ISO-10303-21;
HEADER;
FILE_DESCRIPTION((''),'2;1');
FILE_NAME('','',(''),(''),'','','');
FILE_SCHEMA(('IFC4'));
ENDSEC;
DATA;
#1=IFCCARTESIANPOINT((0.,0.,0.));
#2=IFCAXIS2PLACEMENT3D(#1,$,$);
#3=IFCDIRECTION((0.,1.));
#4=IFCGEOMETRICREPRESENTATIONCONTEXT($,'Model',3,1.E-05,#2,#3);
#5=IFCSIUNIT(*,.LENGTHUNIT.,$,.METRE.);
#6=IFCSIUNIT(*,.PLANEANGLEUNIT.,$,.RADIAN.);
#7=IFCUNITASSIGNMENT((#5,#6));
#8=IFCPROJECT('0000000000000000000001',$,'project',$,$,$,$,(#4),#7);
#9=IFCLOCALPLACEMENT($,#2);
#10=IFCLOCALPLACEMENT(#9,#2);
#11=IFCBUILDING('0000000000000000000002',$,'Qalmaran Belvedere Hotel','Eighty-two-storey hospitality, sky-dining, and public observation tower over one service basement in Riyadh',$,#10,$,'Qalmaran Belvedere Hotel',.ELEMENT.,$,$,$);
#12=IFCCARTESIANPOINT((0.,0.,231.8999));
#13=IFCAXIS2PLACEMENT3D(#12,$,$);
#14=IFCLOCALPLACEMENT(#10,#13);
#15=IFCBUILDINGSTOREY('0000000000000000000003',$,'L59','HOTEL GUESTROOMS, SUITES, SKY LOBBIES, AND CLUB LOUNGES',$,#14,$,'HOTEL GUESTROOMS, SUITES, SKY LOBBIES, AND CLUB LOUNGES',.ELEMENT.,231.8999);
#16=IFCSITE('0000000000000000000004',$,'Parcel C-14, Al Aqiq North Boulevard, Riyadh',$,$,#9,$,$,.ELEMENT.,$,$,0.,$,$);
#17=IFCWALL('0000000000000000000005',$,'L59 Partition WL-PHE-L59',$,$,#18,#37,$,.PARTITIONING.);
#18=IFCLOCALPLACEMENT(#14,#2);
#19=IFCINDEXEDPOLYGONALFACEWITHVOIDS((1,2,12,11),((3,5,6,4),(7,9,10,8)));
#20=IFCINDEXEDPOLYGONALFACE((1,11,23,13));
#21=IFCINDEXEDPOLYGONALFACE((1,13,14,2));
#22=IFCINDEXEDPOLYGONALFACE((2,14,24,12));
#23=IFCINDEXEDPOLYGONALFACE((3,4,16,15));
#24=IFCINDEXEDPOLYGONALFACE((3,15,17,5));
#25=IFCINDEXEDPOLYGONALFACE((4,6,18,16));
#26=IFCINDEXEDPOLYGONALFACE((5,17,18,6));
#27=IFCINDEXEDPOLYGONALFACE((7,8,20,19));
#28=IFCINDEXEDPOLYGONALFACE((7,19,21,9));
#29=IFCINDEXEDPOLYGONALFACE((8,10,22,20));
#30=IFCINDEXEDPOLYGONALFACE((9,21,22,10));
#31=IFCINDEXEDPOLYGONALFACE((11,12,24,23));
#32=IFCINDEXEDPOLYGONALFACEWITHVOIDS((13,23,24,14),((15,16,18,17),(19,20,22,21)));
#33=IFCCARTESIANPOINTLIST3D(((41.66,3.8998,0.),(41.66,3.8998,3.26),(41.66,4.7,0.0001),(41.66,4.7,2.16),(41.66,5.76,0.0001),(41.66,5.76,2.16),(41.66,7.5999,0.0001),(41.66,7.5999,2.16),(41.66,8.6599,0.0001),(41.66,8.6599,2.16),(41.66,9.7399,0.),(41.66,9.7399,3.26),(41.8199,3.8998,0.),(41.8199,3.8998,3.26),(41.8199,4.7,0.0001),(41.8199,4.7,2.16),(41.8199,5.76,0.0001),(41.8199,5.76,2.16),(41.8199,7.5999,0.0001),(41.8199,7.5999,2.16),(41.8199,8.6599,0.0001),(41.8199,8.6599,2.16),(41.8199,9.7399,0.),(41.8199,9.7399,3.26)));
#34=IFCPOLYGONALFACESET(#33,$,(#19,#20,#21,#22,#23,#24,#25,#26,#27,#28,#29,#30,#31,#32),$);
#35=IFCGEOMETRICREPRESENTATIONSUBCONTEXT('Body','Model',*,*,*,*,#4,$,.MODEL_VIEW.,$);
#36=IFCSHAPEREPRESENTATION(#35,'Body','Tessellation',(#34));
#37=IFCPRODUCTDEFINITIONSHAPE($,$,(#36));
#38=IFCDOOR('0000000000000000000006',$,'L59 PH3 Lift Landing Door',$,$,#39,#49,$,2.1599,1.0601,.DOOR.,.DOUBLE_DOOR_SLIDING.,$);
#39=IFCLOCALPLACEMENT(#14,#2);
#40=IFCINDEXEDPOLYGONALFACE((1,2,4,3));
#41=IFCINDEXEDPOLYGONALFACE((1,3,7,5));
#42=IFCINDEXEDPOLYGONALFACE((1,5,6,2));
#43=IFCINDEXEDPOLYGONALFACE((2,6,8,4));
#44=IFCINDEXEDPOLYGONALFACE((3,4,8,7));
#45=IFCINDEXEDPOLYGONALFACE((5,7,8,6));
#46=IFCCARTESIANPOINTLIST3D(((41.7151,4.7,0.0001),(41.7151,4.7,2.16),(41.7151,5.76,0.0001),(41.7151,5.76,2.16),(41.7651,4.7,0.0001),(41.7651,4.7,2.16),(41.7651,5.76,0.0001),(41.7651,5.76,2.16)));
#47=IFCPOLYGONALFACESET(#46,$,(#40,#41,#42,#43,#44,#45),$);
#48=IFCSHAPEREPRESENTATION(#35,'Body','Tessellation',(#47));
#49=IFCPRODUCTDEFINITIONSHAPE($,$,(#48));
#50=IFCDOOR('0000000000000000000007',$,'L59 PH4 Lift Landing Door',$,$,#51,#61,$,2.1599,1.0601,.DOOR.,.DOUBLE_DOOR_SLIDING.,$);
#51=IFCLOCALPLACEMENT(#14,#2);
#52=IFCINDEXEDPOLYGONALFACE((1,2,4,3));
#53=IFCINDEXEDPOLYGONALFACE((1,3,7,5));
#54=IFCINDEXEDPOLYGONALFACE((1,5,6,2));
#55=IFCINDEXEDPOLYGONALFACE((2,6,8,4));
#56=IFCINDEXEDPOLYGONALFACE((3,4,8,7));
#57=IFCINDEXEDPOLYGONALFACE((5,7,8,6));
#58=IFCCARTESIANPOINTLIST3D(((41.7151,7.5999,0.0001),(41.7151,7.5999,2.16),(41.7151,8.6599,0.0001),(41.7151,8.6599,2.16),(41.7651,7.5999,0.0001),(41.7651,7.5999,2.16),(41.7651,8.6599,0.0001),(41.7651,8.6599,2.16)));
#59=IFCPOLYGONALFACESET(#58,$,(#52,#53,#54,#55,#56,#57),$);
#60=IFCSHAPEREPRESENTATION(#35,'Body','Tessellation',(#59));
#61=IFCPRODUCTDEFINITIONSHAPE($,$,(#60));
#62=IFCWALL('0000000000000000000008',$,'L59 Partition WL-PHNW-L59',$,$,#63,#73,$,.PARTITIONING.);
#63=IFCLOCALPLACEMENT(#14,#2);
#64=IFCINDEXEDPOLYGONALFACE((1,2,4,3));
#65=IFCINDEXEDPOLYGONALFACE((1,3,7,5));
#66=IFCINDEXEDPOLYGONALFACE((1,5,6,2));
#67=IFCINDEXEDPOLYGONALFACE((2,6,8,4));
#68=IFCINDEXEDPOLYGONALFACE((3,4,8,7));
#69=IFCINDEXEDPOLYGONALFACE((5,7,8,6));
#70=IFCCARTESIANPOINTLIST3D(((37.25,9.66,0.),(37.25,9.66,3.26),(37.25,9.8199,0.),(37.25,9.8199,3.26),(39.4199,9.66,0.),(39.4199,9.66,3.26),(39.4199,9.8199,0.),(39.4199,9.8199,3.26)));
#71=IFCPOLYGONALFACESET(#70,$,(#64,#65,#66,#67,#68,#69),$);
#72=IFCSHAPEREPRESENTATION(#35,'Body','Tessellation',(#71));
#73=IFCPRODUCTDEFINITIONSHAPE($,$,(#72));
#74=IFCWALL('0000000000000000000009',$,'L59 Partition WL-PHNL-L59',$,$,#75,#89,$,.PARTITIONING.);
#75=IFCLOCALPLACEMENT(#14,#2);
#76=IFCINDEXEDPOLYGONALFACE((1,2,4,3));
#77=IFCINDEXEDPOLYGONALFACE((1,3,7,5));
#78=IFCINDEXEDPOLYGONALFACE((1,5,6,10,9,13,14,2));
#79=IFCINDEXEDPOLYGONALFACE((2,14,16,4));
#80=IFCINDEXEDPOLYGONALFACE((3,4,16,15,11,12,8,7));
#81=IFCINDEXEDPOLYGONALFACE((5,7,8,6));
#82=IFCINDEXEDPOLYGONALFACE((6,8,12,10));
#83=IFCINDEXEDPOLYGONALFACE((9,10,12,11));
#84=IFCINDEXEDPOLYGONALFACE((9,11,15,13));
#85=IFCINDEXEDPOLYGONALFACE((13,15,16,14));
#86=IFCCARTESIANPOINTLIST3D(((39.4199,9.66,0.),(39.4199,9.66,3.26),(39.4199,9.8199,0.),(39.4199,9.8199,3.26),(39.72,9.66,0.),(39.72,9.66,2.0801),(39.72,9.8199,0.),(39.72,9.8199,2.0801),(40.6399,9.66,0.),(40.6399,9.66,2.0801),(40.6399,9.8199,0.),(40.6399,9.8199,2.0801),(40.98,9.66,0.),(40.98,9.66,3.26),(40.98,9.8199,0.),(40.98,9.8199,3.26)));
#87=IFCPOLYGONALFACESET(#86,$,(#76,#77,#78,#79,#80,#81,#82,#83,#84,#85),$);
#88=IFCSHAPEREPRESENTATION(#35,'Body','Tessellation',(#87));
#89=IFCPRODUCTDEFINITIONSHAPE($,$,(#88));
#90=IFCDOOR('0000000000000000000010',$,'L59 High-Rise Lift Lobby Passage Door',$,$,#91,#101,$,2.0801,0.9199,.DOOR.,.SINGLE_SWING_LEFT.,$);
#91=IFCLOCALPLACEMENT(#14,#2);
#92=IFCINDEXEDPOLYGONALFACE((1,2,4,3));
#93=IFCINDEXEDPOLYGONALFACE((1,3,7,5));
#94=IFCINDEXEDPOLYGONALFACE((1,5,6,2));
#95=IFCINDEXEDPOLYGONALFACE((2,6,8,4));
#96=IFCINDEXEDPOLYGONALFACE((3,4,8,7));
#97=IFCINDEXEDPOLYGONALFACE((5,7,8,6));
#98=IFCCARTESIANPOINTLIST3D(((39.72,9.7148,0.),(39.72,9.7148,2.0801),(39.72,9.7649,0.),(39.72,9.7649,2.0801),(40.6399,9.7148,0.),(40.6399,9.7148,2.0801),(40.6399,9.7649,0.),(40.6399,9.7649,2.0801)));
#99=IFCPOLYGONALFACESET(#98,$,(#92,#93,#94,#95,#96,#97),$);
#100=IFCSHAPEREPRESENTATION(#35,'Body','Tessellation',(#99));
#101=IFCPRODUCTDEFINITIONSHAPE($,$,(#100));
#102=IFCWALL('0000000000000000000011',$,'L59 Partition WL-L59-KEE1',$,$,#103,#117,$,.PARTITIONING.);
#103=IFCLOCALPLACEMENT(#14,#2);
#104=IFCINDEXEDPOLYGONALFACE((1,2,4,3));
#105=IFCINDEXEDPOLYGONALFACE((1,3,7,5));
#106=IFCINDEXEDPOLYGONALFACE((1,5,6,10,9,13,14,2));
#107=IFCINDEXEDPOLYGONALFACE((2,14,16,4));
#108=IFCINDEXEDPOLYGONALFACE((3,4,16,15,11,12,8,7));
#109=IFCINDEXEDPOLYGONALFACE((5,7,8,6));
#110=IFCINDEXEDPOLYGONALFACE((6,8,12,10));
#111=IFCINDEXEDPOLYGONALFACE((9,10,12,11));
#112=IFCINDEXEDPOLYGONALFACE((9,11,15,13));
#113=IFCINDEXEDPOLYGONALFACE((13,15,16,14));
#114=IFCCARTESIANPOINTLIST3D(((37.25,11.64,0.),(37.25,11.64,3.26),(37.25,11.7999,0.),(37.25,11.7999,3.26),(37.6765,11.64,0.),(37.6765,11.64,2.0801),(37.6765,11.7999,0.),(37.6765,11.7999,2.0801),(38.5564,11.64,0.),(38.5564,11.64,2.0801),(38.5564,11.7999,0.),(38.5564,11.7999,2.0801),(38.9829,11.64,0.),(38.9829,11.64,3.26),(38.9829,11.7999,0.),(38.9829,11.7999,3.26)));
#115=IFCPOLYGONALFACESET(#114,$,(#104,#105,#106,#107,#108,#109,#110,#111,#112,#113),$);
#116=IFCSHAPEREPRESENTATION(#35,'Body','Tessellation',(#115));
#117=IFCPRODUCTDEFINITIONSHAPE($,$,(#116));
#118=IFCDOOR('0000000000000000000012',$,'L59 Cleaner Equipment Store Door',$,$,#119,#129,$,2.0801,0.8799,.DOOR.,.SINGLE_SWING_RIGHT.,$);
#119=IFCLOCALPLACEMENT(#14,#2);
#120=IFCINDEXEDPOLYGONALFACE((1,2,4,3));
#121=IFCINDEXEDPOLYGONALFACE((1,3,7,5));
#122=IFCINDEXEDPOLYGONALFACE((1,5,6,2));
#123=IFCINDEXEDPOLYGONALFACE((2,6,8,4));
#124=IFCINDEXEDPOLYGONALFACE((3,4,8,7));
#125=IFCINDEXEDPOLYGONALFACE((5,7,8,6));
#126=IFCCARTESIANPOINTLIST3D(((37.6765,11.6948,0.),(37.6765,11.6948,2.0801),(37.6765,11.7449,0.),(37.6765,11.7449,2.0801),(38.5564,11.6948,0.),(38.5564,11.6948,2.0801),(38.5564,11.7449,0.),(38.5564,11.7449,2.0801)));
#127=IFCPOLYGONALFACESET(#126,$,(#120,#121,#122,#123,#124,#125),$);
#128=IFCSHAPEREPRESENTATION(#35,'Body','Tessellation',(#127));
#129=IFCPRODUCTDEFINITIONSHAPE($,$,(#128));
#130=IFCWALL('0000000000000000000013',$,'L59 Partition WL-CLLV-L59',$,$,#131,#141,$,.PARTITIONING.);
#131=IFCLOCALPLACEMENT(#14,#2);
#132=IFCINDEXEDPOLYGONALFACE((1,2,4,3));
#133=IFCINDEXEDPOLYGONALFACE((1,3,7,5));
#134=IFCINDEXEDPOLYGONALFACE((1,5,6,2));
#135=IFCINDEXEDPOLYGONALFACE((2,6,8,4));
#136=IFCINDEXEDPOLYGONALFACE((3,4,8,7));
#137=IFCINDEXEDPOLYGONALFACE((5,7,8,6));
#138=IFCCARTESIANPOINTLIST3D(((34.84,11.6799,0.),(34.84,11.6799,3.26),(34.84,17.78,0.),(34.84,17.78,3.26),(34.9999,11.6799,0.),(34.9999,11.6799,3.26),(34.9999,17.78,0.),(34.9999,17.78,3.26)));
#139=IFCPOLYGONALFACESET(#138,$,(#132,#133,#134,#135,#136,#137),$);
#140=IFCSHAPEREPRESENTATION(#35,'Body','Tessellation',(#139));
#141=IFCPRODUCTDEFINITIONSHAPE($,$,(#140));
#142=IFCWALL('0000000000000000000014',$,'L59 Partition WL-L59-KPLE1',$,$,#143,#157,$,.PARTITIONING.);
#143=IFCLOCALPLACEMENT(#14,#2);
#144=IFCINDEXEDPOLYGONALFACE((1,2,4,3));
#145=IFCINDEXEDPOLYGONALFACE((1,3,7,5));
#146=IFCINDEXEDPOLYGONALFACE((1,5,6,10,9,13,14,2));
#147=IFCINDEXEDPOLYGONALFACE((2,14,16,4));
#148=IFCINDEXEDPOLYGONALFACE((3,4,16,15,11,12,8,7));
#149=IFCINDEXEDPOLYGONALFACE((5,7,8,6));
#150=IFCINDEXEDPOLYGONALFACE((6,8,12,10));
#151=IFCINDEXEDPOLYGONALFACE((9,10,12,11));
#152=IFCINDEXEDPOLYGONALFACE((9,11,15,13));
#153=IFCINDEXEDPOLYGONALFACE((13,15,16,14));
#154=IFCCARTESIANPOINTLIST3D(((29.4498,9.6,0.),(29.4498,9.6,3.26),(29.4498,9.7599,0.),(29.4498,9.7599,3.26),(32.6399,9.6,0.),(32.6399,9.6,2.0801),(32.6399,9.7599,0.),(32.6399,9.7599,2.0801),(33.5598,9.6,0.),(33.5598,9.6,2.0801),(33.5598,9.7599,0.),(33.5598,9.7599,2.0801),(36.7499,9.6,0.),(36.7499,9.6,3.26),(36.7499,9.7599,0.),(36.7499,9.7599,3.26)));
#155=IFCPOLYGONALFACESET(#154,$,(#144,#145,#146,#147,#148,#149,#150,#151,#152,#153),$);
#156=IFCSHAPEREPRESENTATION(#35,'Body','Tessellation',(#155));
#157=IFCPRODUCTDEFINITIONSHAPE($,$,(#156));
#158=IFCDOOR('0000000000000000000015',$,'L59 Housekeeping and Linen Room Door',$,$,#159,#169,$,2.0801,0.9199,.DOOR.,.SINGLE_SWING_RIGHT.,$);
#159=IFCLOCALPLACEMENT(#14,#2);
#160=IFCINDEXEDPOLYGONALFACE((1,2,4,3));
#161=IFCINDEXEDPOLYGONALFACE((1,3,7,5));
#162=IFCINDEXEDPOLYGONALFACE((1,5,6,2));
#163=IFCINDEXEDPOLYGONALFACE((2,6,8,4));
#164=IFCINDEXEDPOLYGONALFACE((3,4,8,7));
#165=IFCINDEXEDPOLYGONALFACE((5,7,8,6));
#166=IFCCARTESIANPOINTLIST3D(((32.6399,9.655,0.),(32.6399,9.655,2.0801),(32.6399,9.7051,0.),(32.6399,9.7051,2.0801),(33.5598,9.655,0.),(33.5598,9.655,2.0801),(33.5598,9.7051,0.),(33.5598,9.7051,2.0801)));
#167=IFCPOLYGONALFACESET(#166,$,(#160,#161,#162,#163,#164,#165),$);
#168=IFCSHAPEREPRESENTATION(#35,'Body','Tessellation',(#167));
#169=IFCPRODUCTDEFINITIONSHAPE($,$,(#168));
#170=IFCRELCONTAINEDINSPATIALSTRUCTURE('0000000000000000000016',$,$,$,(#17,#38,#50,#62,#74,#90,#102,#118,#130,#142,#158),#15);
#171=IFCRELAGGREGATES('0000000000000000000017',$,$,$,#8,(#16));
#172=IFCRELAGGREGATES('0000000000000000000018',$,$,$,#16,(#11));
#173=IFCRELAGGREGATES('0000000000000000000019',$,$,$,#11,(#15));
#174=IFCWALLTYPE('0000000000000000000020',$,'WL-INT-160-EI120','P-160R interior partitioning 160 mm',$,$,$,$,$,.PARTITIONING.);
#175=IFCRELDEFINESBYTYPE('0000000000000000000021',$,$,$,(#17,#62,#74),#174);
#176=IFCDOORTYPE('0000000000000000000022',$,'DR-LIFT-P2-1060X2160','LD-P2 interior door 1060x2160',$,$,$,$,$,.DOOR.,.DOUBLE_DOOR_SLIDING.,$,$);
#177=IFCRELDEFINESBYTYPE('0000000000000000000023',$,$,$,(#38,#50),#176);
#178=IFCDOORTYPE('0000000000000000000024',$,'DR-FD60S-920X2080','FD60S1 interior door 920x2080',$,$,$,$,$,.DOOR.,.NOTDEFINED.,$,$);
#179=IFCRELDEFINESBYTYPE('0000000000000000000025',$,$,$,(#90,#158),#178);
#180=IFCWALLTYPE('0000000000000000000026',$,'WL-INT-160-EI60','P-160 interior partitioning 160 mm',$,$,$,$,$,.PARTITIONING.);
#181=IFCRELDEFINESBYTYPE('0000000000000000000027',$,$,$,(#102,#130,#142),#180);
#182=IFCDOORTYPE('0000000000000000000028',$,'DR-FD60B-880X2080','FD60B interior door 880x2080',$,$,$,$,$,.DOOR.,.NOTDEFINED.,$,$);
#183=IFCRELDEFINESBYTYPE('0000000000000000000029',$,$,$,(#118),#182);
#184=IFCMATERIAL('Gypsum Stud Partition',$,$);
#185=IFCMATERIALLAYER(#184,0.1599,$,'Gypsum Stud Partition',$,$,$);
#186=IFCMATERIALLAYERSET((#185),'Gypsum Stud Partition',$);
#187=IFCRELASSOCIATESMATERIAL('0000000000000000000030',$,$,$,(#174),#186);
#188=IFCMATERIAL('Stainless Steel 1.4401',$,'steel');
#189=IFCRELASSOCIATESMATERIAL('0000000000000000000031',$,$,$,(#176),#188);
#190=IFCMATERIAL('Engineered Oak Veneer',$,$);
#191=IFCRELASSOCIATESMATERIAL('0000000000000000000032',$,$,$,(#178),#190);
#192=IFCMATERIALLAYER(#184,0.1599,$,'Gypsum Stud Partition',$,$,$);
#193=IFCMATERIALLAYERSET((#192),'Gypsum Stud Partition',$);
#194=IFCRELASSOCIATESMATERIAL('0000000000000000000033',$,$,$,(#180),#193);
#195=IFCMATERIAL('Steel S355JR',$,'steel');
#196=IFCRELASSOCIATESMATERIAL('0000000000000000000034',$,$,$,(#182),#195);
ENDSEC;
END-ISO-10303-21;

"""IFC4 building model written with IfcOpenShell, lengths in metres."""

from ifc_helpers import new_model, si_unit, direction, frame, frame_2d, origin, place, context, subcontext, project, spatial, rectangle, extrude, material, layer, layer_set, type_object, element, fill, save


model = new_model("IFC4")

# Units and contexts
model_context = context("Model", 3, precision=1e-05, world=origin(), true_north=direction((0.0, 1.0)))
body_context = subcontext(model_context, "Body", "Model", "MODEL_VIEW")
ifc_project = project(units=[si_unit("LENGTHUNIT", "METRE"), si_unit("PLANEANGLEUNIT", "RADIAN")], contexts=[model_context])

# Site, building, storey
site_placement = place(None, origin())
site = spatial("IfcSite", under=ifc_project, at=site_placement, Name="Parcel C-14, Al Aqiq North Boulevard, Riyadh", CompositionType="ELEMENT", RefElevation=0.0)
building_placement = place(site_placement, origin())
building = spatial("IfcBuilding", under=site, at=building_placement, Name="Qalmaran Belvedere Hotel", Description="Eighty-two-storey hospitality, sky-dining, and public observation tower over one service basement in Riyadh", LongName="Qalmaran Belvedere Hotel", CompositionType="ELEMENT")
storey_placement = place(building_placement, frame((0.0, 0.0, 231.8999)))
storey = spatial("IfcBuildingStorey", under=building, at=storey_placement, Name="L59", Description="HOTEL GUESTROOMS, SUITES, SKY LOBBIES, AND CLUB LOUNGES", LongName="HOTEL GUESTROOMS, SUITES, SKY LOBBIES, AND CLUB LOUNGES", CompositionType="ELEMENT", Elevation=231.8999)

# Shared definitions
ifc_material_1 = material(Name="Steel S355JR", Category="steel")

# Shared definitions
ifc_material_2 = material(Name="Gypsum Stud Partition")

# Wall, openings, doors
ifc_layer_1 = layer(ifc_material_2, 0.1599, Name="Gypsum Stud Partition")
ifc_layer_set_1 = layer_set([ifc_layer_1], Name="Gypsum Stud Partition")
wall_type_1 = type_object("IfcWallType", Name="WL-INT-160-EI120", Description="P-160R interior partitioning 160 mm", PredefinedType="PARTITIONING", material=ifc_layer_set_1)
ifc_material_3 = material(Name="Stainless Steel 1.4401", Category="steel")
door_type_1 = type_object("IfcDoorType", Name="DR-LIFT-P2-1060X2160", Description="LD-P2 interior door 1060x2160", OperationType="DOUBLE_DOOR_SLIDING", PredefinedType="DOOR", material=ifc_material_3)
wall_1_placement = place(storey_placement, frame((41.74, 3.8999, 0.0), z_axis=(0.0, 0.0, 1.0), x_axis=(0.0, 1.0, 0.0)))
wall_1 = element("IfcWall", 1, at=wall_1_placement, inside=storey, type_object=wall_type_1, Name="L59 Partition WL-PHE-L59", PredefinedType="PARTITIONING", context=body_context, shape_type="SweptSolid", body=[
    extrude(rectangle(XDim=5.8401, YDim=0.1599, at=frame_2d((2.9199, 0.0))), origin(), (0.0, 0.0, 1.0), 3.26),
])
opening_1_placement = place(wall_1_placement, frame((0.8, 0.0, 0.0)))
opening_1 = element("IfcOpeningElement", 2, at=opening_1_placement, cuts=wall_1, PredefinedType="OPENING", context=body_context, shape_type="SweptSolid", body=[
    extrude(rectangle(XDim=1.0601, YDim=2.1599, at=frame_2d((0.53, 1.0801))), frame((0.0, 0.0898, 0.0), z_axis=(0.0, -1.0, 0.0), x_axis=(1.0, 0.0, 0.0)), (0.0, 0.0, 1.0), 0.1799),
])
opening_2_placement = place(wall_1_placement, frame((3.7, 0.0, 0.0)))
opening_2 = element("IfcOpeningElement", 3, at=opening_2_placement, cuts=wall_1, PredefinedType="OPENING", context=body_context, shape_type="SweptSolid", body=[
    extrude(rectangle(XDim=1.0601, YDim=2.1599, at=frame_2d((0.53, 1.0801))), frame((0.0, 0.0898, 0.0), z_axis=(0.0, -1.0, 0.0), x_axis=(1.0, 0.0, 0.0)), (0.0, 0.0, 1.0), 0.1799),
])
door_1_placement = place(opening_1_placement, origin())
door_1 = element("IfcDoor", 4, at=door_1_placement, inside=storey, type_object=door_type_1, Name="L59 PH3 Lift Landing Door", OperationType="DOUBLE_DOOR_SLIDING", OverallHeight=2.1599, OverallWidth=1.0601, PredefinedType="DOOR", context=body_context, shape_type="SweptSolid", body=[
    extrude(rectangle(XDim=1.0601, YDim=2.1599, at=frame_2d((0.53, 1.0801))), frame((0.0, 0.0249, 0.0), z_axis=(0.0, -1.0, 0.0), x_axis=(1.0, 0.0, 0.0)), (0.0, 0.0, 1.0), 0.05),
])
fill(opening_1, door_1)
door_2_placement = place(opening_2_placement, origin())
door_2 = element("IfcDoor", 5, at=door_2_placement, inside=storey, type_object=door_type_1, Name="L59 PH4 Lift Landing Door", OperationType="DOUBLE_DOOR_SLIDING", OverallHeight=2.1599, OverallWidth=1.0601, PredefinedType="DOOR", context=body_context, shape_type="SweptSolid", body=[
    extrude(rectangle(XDim=1.0601, YDim=2.1599, at=frame_2d((0.53, 1.0801))), frame((0.0, 0.0249, 0.0), z_axis=(0.0, -1.0, 0.0), x_axis=(1.0, 0.0, 0.0)), (0.0, 0.0, 1.0), 0.05),
])
fill(opening_2, door_2)

# Wall
wall_2_placement = place(storey_placement, frame((37.25, 9.74, 0.0), z_axis=(0.0, 0.0, 1.0), x_axis=(1.0, 0.0, 0.0)))
element("IfcWall", 6, at=wall_2_placement, inside=storey, type_object=wall_type_1, Name="L59 Partition WL-PHNW-L59", PredefinedType="PARTITIONING", context=body_context, shape_type="SweptSolid", body=[
    extrude(rectangle(XDim=2.1699, YDim=0.1599, at=frame_2d((1.085, 0.0))), origin(), (0.0, 0.0, 1.0), 3.26),
])

# Walls, openings, doors
wall_3_placement = place(storey_placement, frame((39.4199, 9.74, 0.0), z_axis=(0.0, 0.0, 1.0), x_axis=(1.0, 0.0, 0.0)))
wall_3 = element("IfcWall", 7, at=wall_3_placement, inside=storey, type_object=wall_type_1, Name="L59 Partition WL-PHNL-L59", PredefinedType="PARTITIONING", context=body_context, shape_type="SweptSolid", body=[
    extrude(rectangle(XDim=1.5601, YDim=0.1599, at=frame_2d((0.78, 0.0))), origin(), (0.0, 0.0, 1.0), 3.26),
])
opening_3_placement = place(wall_3_placement, frame((0.3, 0.0, 0.0)))
opening_3 = element("IfcOpeningElement", 8, at=opening_3_placement, cuts=wall_3, PredefinedType="OPENING", context=body_context, shape_type="SweptSolid", body=[
    extrude(rectangle(XDim=0.9199, YDim=2.0801, at=frame_2d((0.46, 1.04))), frame((0.0, 0.0898, 0.0), z_axis=(0.0, -1.0, 0.0), x_axis=(1.0, 0.0, 0.0)), (0.0, 0.0, 1.0), 0.1799),
])
ifc_material_4 = material(Name="Engineered Oak Veneer")
door_type_2 = type_object("IfcDoorType", Name="DR-FD60S-920X2080", Description="FD60S1 interior door 920x2080", OperationType="NOTDEFINED", PredefinedType="DOOR", material=ifc_material_4)
door_3_placement = place(opening_3_placement, origin())
door_3 = element("IfcDoor", 9, at=door_3_placement, inside=storey, type_object=door_type_2, Name="L59 High-Rise Lift Lobby Passage Door", OperationType="SINGLE_SWING_LEFT", OverallHeight=2.0801, OverallWidth=0.9199, PredefinedType="DOOR", context=body_context, shape_type="SweptSolid", body=[
    extrude(rectangle(XDim=0.9199, YDim=2.0801, at=frame_2d((0.46, 1.04))), frame((0.0, 0.0249, 0.0), z_axis=(0.0, -1.0, 0.0), x_axis=(1.0, 0.0, 0.0)), (0.0, 0.0, 1.0), 0.05),
])
fill(opening_3, door_3)
ifc_layer_2 = layer(ifc_material_2, 0.1599, Name="Gypsum Stud Partition")
ifc_layer_set_2 = layer_set([ifc_layer_2], Name="Gypsum Stud Partition")
wall_type_2 = type_object("IfcWallType", Name="WL-INT-160-EI60", Description="P-160 interior partitioning 160 mm", PredefinedType="PARTITIONING", material=ifc_layer_set_2)
wall_4_placement = place(storey_placement, frame((37.25, 11.72, 0.0), z_axis=(0.0, 0.0, 1.0), x_axis=(1.0, 0.0, 0.0)))
wall_4 = element("IfcWall", 10, at=wall_4_placement, inside=storey, type_object=wall_type_2, Name="L59 Partition WL-L59-KEE1", PredefinedType="PARTITIONING", context=body_context, shape_type="SweptSolid", body=[
    extrude(rectangle(XDim=1.7329, YDim=0.1599, at=frame_2d((0.8665, 0.0))), origin(), (0.0, 0.0, 1.0), 3.26),
])
opening_4_placement = place(wall_4_placement, frame((0.4265, 0.0, 0.0)))
opening_4 = element("IfcOpeningElement", 11, at=opening_4_placement, cuts=wall_4, PredefinedType="OPENING", context=body_context, shape_type="SweptSolid", body=[
    extrude(rectangle(XDim=0.8799, YDim=2.0801, at=frame_2d((0.4399, 1.04))), frame((0.0, 0.0898, 0.0), z_axis=(0.0, -1.0, 0.0), x_axis=(1.0, 0.0, 0.0)), (0.0, 0.0, 1.0), 0.1799),
])
door_type_3 = type_object("IfcDoorType", Name="DR-FD60B-880X2080", Description="FD60B interior door 880x2080", OperationType="NOTDEFINED", PredefinedType="DOOR", material=ifc_material_1)
door_4_placement = place(opening_4_placement, origin())
door_4 = element("IfcDoor", 12, at=door_4_placement, inside=storey, type_object=door_type_3, Name="L59 Cleaner Equipment Store Door", OperationType="SINGLE_SWING_RIGHT", OverallHeight=2.0801, OverallWidth=0.8799, PredefinedType="DOOR", context=body_context, shape_type="SweptSolid", body=[
    extrude(rectangle(XDim=0.8799, YDim=2.0801, at=frame_2d((0.4399, 1.04))), frame((0.0, 0.0249, 0.0), z_axis=(0.0, -1.0, 0.0), x_axis=(1.0, 0.0, 0.0)), (0.0, 0.0, 1.0), 0.05),
])
fill(opening_4, door_4)

# Wall
wall_5_placement = place(storey_placement, frame((34.9199, 11.6799, 0.0), z_axis=(0.0, 0.0, 1.0), x_axis=(0.0, 1.0, 0.0)))
element("IfcWall", 13, at=wall_5_placement, inside=storey, type_object=wall_type_2, Name="L59 Partition WL-CLLV-L59", PredefinedType="PARTITIONING", context=body_context, shape_type="SweptSolid", body=[
    extrude(rectangle(XDim=6.1001, YDim=0.1599, at=frame_2d((3.05, 0.0))), origin(), (0.0, 0.0, 1.0), 3.26),
])

# Wall, opening, door
wall_6_placement = place(storey_placement, frame((29.45, 9.6799, 0.0), z_axis=(0.0, 0.0, 1.0), x_axis=(1.0, 0.0, 0.0)))
wall_6 = element("IfcWall", 14, at=wall_6_placement, inside=storey, type_object=wall_type_2, Name="L59 Partition WL-L59-KPLE1", PredefinedType="PARTITIONING", context=body_context, shape_type="SweptSolid", body=[
    extrude(rectangle(XDim=7.3, YDim=0.1599, at=frame_2d((3.6499, 0.0))), origin(), (0.0, 0.0, 1.0), 3.26),
])
opening_5_placement = place(wall_6_placement, frame((4.1099, 0.0, 0.0), z_axis=(0.0, 0.0, 1.0), x_axis=(-1.0, 0.0, 0.0)))
opening_5 = element("IfcOpeningElement", 15, at=opening_5_placement, cuts=wall_6, PredefinedType="OPENING", context=body_context, shape_type="SweptSolid", body=[
    extrude(rectangle(XDim=0.9199, YDim=2.0801, at=frame_2d((0.46, 1.04))), frame((0.0, 0.0898, 0.0), z_axis=(0.0, -1.0, 0.0), x_axis=(1.0, 0.0, 0.0)), (0.0, 0.0, 1.0), 0.1799),
])
door_5_placement = place(opening_5_placement, origin())
door_5 = element("IfcDoor", 16, at=door_5_placement, inside=storey, type_object=door_type_2, Name="L59 Housekeeping and Linen Room Door", OperationType="SINGLE_SWING_RIGHT", OverallHeight=2.0801, OverallWidth=0.9199, PredefinedType="DOOR", context=body_context, shape_type="SweptSolid", body=[
    extrude(rectangle(XDim=0.9199, YDim=2.0801, at=frame_2d((0.46, 1.04))), frame((0.0, 0.0249, 0.0), z_axis=(0.0, -1.0, 0.0), x_axis=(1.0, 0.0, 0.0)), (0.0, 0.0, 1.0), 0.05),
])
fill(opening_5, door_5)

save(model, "model.ifc")
